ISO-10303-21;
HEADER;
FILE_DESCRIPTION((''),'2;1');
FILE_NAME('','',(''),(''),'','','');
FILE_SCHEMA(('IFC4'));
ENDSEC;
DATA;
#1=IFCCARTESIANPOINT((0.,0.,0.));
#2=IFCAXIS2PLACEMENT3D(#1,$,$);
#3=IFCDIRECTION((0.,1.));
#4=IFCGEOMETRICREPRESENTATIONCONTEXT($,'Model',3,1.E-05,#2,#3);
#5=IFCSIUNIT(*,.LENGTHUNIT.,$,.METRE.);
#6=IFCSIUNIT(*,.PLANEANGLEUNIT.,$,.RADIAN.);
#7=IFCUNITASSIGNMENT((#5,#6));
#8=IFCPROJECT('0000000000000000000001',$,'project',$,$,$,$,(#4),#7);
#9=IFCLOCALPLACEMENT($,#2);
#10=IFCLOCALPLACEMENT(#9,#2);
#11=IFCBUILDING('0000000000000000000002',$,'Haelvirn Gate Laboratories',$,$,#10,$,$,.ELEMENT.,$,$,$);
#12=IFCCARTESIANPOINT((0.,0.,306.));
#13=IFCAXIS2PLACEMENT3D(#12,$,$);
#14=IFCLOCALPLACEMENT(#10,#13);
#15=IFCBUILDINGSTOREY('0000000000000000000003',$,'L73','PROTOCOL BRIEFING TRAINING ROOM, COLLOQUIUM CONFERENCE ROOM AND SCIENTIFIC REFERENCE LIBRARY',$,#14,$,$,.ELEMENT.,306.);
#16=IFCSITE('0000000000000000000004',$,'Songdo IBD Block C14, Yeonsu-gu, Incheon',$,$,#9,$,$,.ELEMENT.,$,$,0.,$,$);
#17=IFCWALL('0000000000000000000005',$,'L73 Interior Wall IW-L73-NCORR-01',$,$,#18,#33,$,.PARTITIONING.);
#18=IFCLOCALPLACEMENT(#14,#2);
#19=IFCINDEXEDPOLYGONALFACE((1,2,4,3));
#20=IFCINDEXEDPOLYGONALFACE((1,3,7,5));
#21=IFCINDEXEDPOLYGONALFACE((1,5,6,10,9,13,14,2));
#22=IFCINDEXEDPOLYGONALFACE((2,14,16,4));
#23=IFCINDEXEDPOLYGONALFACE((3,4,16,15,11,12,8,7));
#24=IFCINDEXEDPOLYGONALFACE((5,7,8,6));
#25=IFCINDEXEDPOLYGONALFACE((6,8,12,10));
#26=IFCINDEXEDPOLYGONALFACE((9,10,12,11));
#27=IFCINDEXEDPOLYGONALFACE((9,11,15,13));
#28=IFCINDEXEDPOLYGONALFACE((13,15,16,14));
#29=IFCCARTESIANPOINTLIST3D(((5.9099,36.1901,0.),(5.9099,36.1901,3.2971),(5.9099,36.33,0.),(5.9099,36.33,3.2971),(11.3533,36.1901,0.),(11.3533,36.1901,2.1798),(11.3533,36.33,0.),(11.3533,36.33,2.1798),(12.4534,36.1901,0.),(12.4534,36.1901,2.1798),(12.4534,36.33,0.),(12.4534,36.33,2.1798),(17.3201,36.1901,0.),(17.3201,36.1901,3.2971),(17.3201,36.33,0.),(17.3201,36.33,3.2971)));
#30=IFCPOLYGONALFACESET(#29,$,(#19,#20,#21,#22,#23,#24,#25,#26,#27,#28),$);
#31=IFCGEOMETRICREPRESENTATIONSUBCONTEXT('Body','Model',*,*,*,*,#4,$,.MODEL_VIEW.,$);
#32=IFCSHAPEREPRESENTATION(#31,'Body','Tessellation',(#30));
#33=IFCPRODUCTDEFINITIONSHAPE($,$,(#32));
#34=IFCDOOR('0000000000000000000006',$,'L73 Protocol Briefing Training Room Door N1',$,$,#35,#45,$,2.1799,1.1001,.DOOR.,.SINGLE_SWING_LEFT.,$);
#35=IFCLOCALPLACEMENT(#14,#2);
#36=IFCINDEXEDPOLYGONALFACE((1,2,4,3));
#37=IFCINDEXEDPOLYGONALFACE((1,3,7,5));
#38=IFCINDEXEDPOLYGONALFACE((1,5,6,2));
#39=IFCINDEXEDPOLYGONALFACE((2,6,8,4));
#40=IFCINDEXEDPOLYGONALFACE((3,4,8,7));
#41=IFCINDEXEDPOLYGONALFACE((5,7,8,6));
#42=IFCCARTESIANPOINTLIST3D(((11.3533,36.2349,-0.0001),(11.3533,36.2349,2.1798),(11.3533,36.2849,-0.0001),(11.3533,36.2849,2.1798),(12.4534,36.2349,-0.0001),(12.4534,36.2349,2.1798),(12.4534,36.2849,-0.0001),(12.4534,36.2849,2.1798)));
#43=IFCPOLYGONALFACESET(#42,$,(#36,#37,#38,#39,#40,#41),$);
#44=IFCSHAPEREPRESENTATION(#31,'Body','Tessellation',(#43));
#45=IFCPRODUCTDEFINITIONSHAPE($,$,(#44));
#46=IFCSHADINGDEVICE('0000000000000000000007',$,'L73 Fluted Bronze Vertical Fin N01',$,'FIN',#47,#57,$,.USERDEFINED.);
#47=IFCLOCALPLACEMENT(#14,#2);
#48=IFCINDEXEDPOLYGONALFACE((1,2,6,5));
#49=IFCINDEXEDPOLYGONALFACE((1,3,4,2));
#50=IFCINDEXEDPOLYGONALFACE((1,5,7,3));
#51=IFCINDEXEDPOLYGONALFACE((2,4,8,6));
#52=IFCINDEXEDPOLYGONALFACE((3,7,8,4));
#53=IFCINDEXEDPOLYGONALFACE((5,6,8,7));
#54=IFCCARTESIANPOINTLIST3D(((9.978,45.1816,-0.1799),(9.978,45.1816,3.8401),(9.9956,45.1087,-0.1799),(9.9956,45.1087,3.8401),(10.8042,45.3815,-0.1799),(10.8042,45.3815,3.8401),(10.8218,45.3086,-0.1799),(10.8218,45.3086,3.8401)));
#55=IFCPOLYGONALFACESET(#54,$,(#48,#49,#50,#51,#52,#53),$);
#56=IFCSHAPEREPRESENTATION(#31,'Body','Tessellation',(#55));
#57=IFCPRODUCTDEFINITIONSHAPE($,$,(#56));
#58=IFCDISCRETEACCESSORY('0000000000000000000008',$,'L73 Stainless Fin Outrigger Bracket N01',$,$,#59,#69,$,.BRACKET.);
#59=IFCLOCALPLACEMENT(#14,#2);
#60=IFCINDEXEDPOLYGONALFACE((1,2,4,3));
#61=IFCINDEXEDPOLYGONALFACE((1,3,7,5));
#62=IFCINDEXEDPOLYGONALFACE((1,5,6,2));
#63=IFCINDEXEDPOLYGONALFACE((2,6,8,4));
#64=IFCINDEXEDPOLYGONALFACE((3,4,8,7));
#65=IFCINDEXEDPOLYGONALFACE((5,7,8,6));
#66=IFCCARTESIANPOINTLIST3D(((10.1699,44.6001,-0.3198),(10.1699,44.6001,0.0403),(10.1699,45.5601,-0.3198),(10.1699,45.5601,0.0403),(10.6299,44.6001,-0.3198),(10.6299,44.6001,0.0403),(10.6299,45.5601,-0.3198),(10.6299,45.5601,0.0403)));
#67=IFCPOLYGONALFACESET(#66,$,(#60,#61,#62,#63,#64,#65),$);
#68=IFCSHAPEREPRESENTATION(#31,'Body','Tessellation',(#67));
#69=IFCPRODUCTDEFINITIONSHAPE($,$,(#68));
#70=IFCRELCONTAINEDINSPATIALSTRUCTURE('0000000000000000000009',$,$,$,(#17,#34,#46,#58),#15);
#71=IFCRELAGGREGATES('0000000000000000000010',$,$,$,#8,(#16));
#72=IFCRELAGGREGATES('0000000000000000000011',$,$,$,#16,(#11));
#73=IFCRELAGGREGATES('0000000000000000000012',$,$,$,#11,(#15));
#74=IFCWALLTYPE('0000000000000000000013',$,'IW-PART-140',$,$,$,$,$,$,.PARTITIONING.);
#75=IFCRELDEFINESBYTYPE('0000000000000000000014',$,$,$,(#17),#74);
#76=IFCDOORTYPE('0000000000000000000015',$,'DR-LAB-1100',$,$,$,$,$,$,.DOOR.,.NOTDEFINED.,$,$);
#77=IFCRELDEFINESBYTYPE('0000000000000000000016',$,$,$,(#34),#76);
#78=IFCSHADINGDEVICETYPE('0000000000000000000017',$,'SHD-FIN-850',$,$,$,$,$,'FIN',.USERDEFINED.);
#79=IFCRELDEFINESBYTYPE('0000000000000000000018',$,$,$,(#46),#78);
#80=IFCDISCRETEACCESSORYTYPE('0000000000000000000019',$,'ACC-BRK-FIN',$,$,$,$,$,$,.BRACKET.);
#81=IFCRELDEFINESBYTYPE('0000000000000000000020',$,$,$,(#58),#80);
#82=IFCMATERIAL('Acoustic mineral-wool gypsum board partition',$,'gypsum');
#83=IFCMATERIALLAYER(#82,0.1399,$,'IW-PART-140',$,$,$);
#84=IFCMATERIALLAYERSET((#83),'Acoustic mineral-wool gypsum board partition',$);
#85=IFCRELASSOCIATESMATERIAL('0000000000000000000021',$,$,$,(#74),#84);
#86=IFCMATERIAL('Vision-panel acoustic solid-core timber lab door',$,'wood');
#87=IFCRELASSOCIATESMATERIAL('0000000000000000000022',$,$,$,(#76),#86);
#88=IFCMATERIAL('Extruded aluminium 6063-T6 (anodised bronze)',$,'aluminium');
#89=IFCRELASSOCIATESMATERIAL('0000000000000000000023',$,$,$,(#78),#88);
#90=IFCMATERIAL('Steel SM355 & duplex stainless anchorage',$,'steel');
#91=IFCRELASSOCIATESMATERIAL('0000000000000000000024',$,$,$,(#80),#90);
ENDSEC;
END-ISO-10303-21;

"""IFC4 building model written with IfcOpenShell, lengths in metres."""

from ifc_helpers import new_model, si_unit, direction, frame, frame_2d, origin, origin_2d, place, context, subcontext, project, spatial, rectangle, extrude, source, transform, mapped, material, layer, layer_set, material_profile, profile_set, type_object, type_shapes, element, fill, save


model = new_model("IFC4")

# Units and contexts
model_context = context("Model", 3, precision=1e-05, world=origin(), true_north=direction((0.0, 1.0)))
body_context = subcontext(model_context, "Body", "Model", "MODEL_VIEW")
ifc_project = project(units=[si_unit("LENGTHUNIT", "METRE"), si_unit("PLANEANGLEUNIT", "RADIAN")], contexts=[model_context])

# Site, building, storey
site_placement = place(None, origin())
site = spatial("IfcSite", under=ifc_project, at=site_placement, Name="Songdo IBD Block C14, Yeonsu-gu, Incheon", CompositionType="ELEMENT", RefElevation=0.0)
building_placement = place(site_placement, origin())
building = spatial("IfcBuilding", under=site, at=building_placement, Name="Haelvirn Gate Laboratories", CompositionType="ELEMENT")
storey_placement = place(building_placement, frame((0.0, 0.0, 306.0)))
storey = spatial("IfcBuildingStorey", under=building, at=storey_placement, Name="L73", Description="PROTOCOL BRIEFING TRAINING ROOM, COLLOQUIUM CONFERENCE ROOM AND SCIENTIFIC REFERENCE LIBRARY", CompositionType="ELEMENT", Elevation=306.0)

# Shared definitions
ifc_material_1 = material(Name="Extruded aluminium 6063-T6 (anodised bronze)", Category="aluminium")

# Wall, opening, door
ifc_material_2 = material(Name="Acoustic mineral-wool gypsum board partition", Category="gypsum")
ifc_layer_1 = layer(ifc_material_2, 0.1399, Name="IW-PART-140")
ifc_layer_set_1 = layer_set([ifc_layer_1], Name="Acoustic mineral-wool gypsum board partition")
wall_type_1 = type_object("IfcWallType", Name="IW-PART-140", PredefinedType="PARTITIONING", material=ifc_layer_set_1)
wall_1_placement = place(storey_placement, frame((5.9099, 36.26, 0.0), z_axis=(0.0, 0.0, 1.0), x_axis=(1.0, 0.0, 0.0)))
wall_1 = element("IfcWall", 1, at=wall_1_placement, inside=storey, type_object=wall_type_1, Name="L73 Interior Wall IW-L73-NCORR-01", PredefinedType="PARTITIONING", context=body_context, shape_type="SweptSolid", body=[
    extrude(rectangle(XDim=11.4102, YDim=0.1399, at=frame_2d((5.7051, 0.0))), origin(), (0.0, 0.0, 1.0), 3.2971),
])
opening_placement = place(wall_1_placement, frame((5.4434, 0.0, 0.0)))
opening = element("IfcOpeningElement", 2, at=opening_placement, cuts=wall_1, PredefinedType="OPENING", context=body_context, shape_type="SweptSolid", body=[
    extrude(rectangle(XDim=1.1001, YDim=2.1799, at=frame_2d((0.55, 1.0898))), frame((0.0, 0.0801, 0.0), z_axis=(0.0, -1.0, 0.0), x_axis=(1.0, 0.0, 0.0)), (0.0, 0.0, 1.0), 0.1599),
])
ifc_material_3 = material(Name="Vision-panel acoustic solid-core timber lab door", Category="wood")
door_type = type_object("IfcDoorType", Name="DR-LAB-1100", OperationType="NOTDEFINED", PredefinedType="DOOR", material=ifc_material_3)
shared_shape_1 = source(origin(), body_context, "Body", "SweptSolid", [
    extrude(rectangle(XDim=1.1001, YDim=2.1799, at=frame_2d((0.55, 1.0898))), frame((0.0, 0.0249, 0.0), z_axis=(0.0, -1.0, 0.0), x_axis=(1.0, 0.0, 0.0)), (0.0, 0.0, 1.0), 0.05),
])
type_shapes(door_type, [shared_shape_1])
door_placement = place(opening_placement, origin())
door = element("IfcDoor", 3, at=door_placement, inside=storey, type_object=door_type, Name="L73 Protocol Briefing Training Room Door N1", OperationType="SINGLE_SWING_LEFT", OverallHeight=2.1799, OverallWidth=1.1001, PredefinedType="DOOR", context=body_context, shape_type="MappedRepresentation", body=[
    mapped(shared_shape_1, transform((0.0, 0.0, 0.0), scale=1.0)),
])
fill(opening, door)

# Shading device
ifc_material_profile_1 = material_profile(ifc_material_1, rectangle(XDim=0.075, YDim=0.8501, at=origin_2d()), Name="FIN-850x75")
ifc_profile_set_1 = profile_set([ifc_material_profile_1], Name="Extruded aluminium 6063-T6 (anodised bronze)")
shading_device_type = type_object("IfcShadingDeviceType", Name="SHD-FIN-850", ElementType="FIN", PredefinedType="USERDEFINED", material=ifc_profile_set_1)
shared_shape_2 = source(origin(), body_context, "Body", "SweptSolid", [
    extrude(rectangle(XDim=0.075, YDim=0.8501, at=origin_2d()), origin(), (0.0, 0.0, 1.0), 4.02),
])
type_shapes(shading_device_type, [shared_shape_2])
shading_device_placement = place(storey_placement, frame((10.3999, 45.2451, -0.1799), z_axis=(0.0, 0.0, 1.0), x_axis=(-0.235142, 0.971961, 0.0)))
element("IfcShadingDevice", 4, at=shading_device_placement, inside=storey, type_object=shading_device_type, Name="L73 Fluted Bronze Vertical Fin N01", ObjectType="FIN", PredefinedType="USERDEFINED", context=body_context, shape_type="MappedRepresentation", body=[
    mapped(shared_shape_2, transform((0.0, 0.0, 0.0), scale=1.0)),
])

# Discrete accessory
ifc_material_4 = material(Name="Steel SM355 & duplex stainless anchorage", Category="steel")
discrete_accessory_type = type_object("IfcDiscreteAccessoryType", Name="ACC-BRK-FIN", PredefinedType="BRACKET", material=ifc_material_4)
shared_shape_3 = source(origin(), body_context, "Body", "SweptSolid", [
    extrude(rectangle(XDim=0.46, YDim=0.96, at=origin_2d()), origin(), (0.0, 0.0, 1.0), 0.3601),
])
type_shapes(discrete_accessory_type, [shared_shape_3])
discrete_accessory_placement = place(storey_placement, frame((10.3999, 45.0801, -0.3198), z_axis=(0.0, 0.0, 1.0), x_axis=(1.0, 0.0, 0.0)))
element("IfcDiscreteAccessory", 5, at=discrete_accessory_placement, inside=storey, type_object=discrete_accessory_type, Name="L73 Stainless Fin Outrigger Bracket N01", PredefinedType="BRACKET", context=body_context, shape_type="MappedRepresentation", body=[
    mapped(shared_shape_3, transform((0.0, 0.0, 0.0), scale=1.0)),
])

save(model, "model.ifc")
